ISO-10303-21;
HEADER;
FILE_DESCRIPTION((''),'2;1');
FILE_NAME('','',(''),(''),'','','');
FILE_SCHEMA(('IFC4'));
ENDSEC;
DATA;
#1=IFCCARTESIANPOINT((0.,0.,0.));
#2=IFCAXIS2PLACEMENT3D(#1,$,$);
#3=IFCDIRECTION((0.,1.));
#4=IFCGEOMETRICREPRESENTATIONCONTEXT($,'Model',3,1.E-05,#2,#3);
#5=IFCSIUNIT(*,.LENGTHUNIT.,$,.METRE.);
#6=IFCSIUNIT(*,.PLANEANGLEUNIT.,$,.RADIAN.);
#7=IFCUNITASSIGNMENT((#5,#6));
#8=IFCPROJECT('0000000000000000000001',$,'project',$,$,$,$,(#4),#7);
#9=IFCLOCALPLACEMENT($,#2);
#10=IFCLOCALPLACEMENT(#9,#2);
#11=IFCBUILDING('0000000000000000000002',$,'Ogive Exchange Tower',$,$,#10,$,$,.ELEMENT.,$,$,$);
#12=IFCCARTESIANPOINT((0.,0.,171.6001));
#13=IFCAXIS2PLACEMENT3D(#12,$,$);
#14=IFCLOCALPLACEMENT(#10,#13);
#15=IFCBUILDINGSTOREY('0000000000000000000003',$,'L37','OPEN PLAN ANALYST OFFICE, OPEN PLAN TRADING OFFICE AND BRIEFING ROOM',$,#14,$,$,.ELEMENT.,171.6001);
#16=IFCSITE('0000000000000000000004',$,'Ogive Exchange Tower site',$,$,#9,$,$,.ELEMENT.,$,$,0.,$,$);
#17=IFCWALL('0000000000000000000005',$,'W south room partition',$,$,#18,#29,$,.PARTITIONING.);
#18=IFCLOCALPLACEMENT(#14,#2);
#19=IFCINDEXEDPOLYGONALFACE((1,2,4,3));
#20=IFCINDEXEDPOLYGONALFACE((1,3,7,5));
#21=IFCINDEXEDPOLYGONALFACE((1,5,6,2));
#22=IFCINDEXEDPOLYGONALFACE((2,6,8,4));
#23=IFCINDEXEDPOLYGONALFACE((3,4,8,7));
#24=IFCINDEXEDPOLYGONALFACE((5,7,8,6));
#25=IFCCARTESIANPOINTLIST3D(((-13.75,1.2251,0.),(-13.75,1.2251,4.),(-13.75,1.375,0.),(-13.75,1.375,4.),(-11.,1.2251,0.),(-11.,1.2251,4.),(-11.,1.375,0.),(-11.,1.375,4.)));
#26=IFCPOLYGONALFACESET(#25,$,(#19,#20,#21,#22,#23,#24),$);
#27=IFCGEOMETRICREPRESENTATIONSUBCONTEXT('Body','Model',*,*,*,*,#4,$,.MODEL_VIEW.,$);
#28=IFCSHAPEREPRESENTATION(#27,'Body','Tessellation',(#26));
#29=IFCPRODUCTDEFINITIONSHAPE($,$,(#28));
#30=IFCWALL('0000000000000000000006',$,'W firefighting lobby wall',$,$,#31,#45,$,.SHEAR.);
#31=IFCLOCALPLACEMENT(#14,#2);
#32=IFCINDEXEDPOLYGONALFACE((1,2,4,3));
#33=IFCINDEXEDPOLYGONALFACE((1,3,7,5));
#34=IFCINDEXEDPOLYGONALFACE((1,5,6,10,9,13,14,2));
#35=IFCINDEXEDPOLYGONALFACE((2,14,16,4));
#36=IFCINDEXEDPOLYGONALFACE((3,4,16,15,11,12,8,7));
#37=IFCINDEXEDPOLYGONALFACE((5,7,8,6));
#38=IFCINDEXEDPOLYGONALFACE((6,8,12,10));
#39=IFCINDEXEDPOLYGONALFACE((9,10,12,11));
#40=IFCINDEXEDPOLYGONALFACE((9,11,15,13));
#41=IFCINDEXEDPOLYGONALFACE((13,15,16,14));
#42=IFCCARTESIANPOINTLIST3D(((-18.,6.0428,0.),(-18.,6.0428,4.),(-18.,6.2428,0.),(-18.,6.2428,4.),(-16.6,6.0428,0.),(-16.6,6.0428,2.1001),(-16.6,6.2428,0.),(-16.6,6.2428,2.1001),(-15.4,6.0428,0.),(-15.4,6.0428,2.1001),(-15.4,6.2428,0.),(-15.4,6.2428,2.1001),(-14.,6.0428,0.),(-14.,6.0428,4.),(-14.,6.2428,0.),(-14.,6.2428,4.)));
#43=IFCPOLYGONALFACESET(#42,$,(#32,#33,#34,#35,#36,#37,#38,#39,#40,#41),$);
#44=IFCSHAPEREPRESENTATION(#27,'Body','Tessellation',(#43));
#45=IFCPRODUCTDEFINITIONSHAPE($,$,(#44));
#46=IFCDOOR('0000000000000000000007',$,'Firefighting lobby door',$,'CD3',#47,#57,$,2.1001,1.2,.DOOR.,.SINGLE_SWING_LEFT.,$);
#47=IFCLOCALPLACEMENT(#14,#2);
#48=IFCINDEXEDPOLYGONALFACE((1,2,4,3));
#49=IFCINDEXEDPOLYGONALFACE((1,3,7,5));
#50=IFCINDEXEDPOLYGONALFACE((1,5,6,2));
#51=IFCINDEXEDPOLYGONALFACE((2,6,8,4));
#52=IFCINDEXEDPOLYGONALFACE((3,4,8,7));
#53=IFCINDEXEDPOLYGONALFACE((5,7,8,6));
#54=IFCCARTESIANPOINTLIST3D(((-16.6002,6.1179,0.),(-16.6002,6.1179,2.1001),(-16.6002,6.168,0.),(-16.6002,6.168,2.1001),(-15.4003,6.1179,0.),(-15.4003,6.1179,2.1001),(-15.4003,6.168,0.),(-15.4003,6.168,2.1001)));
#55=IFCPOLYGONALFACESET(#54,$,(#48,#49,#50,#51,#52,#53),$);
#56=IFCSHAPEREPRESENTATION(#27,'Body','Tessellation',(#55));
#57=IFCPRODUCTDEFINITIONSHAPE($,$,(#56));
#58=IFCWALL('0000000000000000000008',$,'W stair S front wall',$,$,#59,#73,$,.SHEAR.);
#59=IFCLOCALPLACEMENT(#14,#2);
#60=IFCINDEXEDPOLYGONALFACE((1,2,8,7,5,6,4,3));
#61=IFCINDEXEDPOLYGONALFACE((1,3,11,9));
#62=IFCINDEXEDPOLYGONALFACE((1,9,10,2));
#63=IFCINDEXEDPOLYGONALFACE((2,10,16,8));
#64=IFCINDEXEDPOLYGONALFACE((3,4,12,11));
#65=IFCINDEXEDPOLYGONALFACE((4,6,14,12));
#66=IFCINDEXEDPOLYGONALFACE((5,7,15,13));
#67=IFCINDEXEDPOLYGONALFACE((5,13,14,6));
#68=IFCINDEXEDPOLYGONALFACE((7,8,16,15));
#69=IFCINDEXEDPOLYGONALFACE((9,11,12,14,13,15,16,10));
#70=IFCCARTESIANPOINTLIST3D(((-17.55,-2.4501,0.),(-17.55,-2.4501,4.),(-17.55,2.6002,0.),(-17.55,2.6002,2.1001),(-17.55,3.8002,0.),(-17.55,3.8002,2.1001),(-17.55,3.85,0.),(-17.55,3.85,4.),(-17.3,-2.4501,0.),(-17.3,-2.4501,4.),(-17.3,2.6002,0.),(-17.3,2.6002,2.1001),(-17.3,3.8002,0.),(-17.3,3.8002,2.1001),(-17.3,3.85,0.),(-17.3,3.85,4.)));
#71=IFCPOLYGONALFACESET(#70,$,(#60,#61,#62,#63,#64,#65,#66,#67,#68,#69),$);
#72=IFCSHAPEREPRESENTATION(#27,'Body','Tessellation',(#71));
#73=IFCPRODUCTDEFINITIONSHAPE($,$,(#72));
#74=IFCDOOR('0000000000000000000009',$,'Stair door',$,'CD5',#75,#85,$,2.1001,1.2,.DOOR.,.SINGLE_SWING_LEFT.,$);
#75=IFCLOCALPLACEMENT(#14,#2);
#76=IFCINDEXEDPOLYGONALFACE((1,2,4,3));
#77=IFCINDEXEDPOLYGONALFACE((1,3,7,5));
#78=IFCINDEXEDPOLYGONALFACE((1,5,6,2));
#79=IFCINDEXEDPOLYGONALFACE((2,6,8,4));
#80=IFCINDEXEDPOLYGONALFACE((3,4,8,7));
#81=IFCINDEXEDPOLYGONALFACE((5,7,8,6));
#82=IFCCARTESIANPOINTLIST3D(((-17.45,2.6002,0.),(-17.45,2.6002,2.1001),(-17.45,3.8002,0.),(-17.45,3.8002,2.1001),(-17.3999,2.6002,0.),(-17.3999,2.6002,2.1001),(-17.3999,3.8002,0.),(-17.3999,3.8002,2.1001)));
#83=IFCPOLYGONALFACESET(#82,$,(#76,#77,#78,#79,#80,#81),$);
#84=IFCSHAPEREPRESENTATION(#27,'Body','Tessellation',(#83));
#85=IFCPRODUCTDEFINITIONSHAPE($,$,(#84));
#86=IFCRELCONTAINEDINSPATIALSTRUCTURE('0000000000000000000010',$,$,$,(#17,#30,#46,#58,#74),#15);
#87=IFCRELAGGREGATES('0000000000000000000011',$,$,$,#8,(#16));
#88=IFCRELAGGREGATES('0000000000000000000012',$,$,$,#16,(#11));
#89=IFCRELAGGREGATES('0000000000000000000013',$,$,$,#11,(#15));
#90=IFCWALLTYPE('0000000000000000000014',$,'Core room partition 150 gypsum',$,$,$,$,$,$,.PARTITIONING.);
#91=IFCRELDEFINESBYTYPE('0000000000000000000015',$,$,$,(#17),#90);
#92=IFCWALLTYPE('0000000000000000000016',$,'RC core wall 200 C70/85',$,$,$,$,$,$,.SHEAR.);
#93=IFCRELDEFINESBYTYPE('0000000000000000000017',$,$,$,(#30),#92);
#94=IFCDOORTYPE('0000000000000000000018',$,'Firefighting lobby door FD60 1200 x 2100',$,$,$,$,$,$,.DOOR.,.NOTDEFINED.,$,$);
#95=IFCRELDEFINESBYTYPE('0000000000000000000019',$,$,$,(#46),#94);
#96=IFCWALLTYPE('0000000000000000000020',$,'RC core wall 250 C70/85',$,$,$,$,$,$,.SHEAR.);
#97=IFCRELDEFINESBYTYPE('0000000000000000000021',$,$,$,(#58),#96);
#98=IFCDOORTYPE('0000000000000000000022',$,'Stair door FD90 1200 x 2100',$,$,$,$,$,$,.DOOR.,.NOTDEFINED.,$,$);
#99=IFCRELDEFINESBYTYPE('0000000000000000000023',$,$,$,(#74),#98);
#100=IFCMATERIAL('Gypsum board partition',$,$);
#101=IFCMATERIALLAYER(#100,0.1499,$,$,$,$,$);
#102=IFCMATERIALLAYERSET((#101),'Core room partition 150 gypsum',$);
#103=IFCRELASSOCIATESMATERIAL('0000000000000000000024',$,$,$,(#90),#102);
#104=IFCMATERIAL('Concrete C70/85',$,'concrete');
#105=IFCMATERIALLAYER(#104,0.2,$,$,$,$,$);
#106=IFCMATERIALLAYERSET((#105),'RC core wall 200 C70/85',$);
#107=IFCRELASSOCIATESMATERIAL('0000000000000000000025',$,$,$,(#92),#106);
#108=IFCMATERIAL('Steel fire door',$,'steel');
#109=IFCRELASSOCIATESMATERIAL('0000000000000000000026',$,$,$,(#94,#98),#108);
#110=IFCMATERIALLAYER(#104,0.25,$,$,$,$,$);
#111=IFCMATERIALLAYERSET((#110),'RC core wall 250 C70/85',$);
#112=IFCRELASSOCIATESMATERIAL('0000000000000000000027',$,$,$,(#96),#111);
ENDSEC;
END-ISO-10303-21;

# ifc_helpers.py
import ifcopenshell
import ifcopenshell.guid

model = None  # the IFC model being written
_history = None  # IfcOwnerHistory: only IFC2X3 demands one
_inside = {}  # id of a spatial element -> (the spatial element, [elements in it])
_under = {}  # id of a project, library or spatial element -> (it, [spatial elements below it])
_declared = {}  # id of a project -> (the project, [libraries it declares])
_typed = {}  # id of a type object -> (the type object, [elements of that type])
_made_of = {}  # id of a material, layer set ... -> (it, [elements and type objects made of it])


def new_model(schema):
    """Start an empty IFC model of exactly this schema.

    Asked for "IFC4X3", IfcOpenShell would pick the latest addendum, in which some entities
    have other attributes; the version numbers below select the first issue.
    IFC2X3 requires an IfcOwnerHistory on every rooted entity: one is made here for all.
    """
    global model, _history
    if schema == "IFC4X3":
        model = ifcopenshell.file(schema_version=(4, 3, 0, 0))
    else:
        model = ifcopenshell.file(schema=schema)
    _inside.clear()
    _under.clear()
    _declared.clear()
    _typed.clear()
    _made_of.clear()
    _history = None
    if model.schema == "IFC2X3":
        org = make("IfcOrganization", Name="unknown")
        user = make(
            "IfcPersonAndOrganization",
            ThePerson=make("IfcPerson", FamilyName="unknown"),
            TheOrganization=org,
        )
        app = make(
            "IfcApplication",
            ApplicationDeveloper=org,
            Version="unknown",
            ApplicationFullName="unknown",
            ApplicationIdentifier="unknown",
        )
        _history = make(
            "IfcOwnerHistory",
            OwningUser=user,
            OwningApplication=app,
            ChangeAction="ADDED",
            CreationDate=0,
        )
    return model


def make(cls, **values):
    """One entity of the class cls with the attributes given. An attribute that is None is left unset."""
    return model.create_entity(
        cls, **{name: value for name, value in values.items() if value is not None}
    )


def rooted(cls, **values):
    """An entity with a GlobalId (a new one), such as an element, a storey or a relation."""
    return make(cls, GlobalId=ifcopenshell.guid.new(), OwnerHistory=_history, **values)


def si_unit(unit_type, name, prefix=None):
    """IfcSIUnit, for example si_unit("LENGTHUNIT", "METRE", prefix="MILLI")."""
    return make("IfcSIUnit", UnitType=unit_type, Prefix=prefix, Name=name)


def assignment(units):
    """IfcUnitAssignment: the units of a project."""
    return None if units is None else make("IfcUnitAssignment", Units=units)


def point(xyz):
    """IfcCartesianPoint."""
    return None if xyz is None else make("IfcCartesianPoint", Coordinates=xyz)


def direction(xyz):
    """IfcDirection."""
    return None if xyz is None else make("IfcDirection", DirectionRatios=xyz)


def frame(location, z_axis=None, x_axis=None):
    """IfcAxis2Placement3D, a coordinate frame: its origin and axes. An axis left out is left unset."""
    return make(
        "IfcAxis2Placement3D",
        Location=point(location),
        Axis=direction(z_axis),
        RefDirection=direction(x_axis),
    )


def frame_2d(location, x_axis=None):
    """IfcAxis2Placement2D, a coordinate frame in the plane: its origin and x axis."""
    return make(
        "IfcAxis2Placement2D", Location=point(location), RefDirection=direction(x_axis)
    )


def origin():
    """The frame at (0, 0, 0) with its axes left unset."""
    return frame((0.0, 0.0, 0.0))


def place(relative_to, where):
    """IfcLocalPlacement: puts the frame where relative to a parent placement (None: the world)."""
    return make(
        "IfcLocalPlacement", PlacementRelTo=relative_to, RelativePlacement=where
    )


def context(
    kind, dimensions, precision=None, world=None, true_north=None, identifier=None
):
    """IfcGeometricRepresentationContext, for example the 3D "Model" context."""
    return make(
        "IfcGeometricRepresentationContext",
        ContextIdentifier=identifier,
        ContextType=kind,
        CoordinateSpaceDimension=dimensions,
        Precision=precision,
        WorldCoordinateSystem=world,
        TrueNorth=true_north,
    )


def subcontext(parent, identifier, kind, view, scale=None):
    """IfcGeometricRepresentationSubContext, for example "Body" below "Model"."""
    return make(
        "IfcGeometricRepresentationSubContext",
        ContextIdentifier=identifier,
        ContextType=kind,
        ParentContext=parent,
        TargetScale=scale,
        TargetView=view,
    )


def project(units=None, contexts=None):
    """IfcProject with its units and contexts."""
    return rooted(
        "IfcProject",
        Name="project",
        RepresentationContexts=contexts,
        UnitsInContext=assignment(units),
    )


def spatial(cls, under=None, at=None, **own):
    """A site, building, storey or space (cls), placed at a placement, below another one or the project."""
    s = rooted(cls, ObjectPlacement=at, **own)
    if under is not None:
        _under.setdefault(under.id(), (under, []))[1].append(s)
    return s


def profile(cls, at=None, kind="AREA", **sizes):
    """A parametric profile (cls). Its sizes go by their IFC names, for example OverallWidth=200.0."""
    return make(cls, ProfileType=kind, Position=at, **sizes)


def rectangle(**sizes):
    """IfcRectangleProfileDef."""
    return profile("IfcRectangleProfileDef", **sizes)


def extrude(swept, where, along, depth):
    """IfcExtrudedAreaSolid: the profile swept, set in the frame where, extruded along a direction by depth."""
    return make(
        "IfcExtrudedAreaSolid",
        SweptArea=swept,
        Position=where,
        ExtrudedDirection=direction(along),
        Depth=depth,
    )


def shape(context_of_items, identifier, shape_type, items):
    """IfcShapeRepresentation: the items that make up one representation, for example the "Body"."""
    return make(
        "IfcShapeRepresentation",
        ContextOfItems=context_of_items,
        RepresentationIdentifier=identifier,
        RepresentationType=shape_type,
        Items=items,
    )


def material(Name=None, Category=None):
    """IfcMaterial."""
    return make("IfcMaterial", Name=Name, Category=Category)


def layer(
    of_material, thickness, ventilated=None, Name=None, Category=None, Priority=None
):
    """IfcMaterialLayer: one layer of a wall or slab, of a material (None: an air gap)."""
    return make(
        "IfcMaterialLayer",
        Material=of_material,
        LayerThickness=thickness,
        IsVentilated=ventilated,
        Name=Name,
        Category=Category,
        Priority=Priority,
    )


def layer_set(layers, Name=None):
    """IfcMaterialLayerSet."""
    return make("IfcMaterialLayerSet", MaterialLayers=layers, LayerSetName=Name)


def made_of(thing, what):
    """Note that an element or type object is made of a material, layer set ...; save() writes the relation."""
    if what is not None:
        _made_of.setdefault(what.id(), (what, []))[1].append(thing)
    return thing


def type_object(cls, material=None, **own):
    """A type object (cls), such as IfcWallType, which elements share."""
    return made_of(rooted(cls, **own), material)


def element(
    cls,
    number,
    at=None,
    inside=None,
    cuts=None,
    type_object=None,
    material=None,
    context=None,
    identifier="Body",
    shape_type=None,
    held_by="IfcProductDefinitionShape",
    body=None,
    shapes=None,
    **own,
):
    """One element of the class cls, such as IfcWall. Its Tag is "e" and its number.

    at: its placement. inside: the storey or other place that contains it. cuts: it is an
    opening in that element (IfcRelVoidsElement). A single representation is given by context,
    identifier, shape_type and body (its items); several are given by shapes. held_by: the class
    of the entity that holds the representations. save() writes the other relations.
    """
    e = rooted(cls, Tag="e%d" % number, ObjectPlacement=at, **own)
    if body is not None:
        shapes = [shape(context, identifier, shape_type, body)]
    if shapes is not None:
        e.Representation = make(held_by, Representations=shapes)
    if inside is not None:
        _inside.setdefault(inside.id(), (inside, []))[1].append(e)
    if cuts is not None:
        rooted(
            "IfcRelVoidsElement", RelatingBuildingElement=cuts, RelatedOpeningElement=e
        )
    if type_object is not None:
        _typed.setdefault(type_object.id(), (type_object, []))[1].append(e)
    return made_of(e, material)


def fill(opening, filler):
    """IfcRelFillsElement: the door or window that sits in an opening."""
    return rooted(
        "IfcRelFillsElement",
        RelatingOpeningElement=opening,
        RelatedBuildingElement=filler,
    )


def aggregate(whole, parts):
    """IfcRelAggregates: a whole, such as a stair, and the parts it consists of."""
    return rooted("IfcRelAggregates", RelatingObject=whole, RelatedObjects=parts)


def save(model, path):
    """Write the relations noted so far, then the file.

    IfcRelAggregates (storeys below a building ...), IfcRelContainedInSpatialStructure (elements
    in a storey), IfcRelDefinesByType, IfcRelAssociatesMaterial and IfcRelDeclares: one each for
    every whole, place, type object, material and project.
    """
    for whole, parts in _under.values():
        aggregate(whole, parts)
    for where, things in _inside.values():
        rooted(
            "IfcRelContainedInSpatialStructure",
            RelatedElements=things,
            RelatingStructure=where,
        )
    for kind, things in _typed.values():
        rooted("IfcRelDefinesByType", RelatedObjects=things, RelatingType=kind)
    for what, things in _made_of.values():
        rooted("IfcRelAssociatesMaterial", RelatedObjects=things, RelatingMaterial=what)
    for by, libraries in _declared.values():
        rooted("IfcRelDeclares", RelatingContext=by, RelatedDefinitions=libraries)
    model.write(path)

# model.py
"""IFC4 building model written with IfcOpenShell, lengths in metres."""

from ifc_helpers import new_model, si_unit, direction, frame, frame_2d, origin, place, context, subcontext, project, spatial, rectangle, extrude, material, layer, layer_set, type_object, element, fill, save


model = new_model("IFC4")

# Units and contexts
model_context = context("Model", 3, precision=1e-05, world=origin(), true_north=direction((0.0, 1.0)))
body_context = subcontext(model_context, "Body", "Model", "MODEL_VIEW")
ifc_project = project(units=[si_unit("LENGTHUNIT", "METRE"), si_unit("PLANEANGLEUNIT", "RADIAN")], contexts=[model_context])

# Site, building, storey
site_placement = place(None, origin())
site = spatial("IfcSite", under=ifc_project, at=site_placement, Name="Ogive Exchange Tower site", CompositionType="ELEMENT", RefElevation=0.0)
building_placement = place(site_placement, origin())
building = spatial("IfcBuilding", under=site, at=building_placement, Name="Ogive Exchange Tower", CompositionType="ELEMENT")
storey_placement = place(building_placement, frame((0.0, 0.0, 171.6001)))
storey = spatial("IfcBuildingStorey", under=building, at=storey_placement, Name="L37", Description="OPEN PLAN ANALYST OFFICE, OPEN PLAN TRADING OFFICE AND BRIEFING ROOM", CompositionType="ELEMENT", Elevation=171.6001)

# Wall
ifc_material_1 = material(Name="Gypsum board partition")
ifc_layer_1 = layer(ifc_material_1, 0.1499)
ifc_layer_set_1 = layer_set([ifc_layer_1], Name="Core room partition 150 gypsum")
wall_type_1 = type_object("IfcWallType", Name="Core room partition 150 gypsum", PredefinedType="PARTITIONING", material=ifc_layer_set_1)
wall_1_placement = place(storey_placement, frame((-13.75, 1.3, 0.0), z_axis=(0.0, 0.0, 1.0), x_axis=(1.0, 0.0, 0.0)))
element("IfcWall", 1, at=wall_1_placement, inside=storey, type_object=wall_type_1, Name="W south room partition", PredefinedType="PARTITIONING", context=body_context, shape_type="SweptSolid", body=[
    extrude(rectangle(XDim=2.75, YDim=0.1499, at=frame_2d((1.375, 0.0))), origin(), (0.0, 0.0, 1.0), 4.0),
])

# Walls, openings, doors
ifc_material_2 = material(Name="Concrete C70/85", Category="concrete")
ifc_layer_2 = layer(ifc_material_2, 0.2)
ifc_layer_set_2 = layer_set([ifc_layer_2], Name="RC core wall 200 C70/85")
wall_type_2 = type_object("IfcWallType", Name="RC core wall 200 C70/85", PredefinedType="SHEAR", material=ifc_layer_set_2)
wall_2_placement = place(storey_placement, frame((-18.0, 6.1428, 0.0), z_axis=(0.0, 0.0, 1.0), x_axis=(1.0, 0.0, 0.0)))
wall_2 = element("IfcWall", 2, at=wall_2_placement, inside=storey, type_object=wall_type_2, Name="W firefighting lobby wall", PredefinedType="SHEAR", context=body_context, shape_type="SweptSolid", body=[
    extrude(rectangle(XDim=4.0, YDim=0.2, at=frame_2d((2.0, 0.0))), origin(), (0.0, 0.0, 1.0), 4.0),
])
opening_1_placement = place(wall_2_placement, frame((1.3999, 0.0, 0.0)))
opening_1 = element("IfcOpeningElement", 3, at=opening_1_placement, cuts=wall_2, PredefinedType="OPENING", context=body_context, shape_type="SweptSolid", body=[
    extrude(rectangle(XDim=1.2, YDim=2.1001, at=frame_2d((0.6001, 1.05))), frame((0.0, 0.1099, 0.0), z_axis=(0.0, -1.0, 0.0), x_axis=(1.0, 0.0, 0.0)), (0.0, 0.0, 1.0), 0.22),
])
ifc_material_3 = material(Name="Steel fire door", Category="steel")
door_type_1 = type_object("IfcDoorType", Name="Firefighting lobby door FD60 1200 x 2100", OperationType="NOTDEFINED", PredefinedType="DOOR", material=ifc_material_3)
door_1_placement = place(opening_1_placement, frame((1.2, 0.0, 0.0), z_axis=(0.0, 0.0, 1.0), x_axis=(-1.0, 0.0, 0.0)))
door_1 = element("IfcDoor", 4, at=door_1_placement, inside=storey, type_object=door_type_1, Name="Firefighting lobby door", ObjectType="CD3", OperationType="SINGLE_SWING_LEFT", OverallHeight=2.1001, OverallWidth=1.2, PredefinedType="DOOR", context=body_context, shape_type="SweptSolid", body=[
    extrude(rectangle(XDim=1.2, YDim=2.1001, at=frame_2d((0.6001, 1.05))), frame((0.0, 0.0249, 0.0), z_axis=(0.0, -1.0, 0.0), x_axis=(1.0, 0.0, 0.0)), (0.0, 0.0, 1.0), 0.05),
])
fill(opening_1, door_1)
ifc_layer_3 = layer(ifc_material_2, 0.25)
ifc_layer_set_3 = layer_set([ifc_layer_3], Name="RC core wall 250 C70/85")
wall_type_3 = type_object("IfcWallType", Name="RC core wall 250 C70/85", PredefinedType="SHEAR", material=ifc_layer_set_3)
wall_3_placement = place(storey_placement, frame((-17.425, -2.45, 0.0), z_axis=(0.0, 0.0, 1.0), x_axis=(0.0, 1.0, 0.0)))
wall_3 = element("IfcWall", 5, at=wall_3_placement, inside=storey, type_object=wall_type_3, Name="W stair S front wall", PredefinedType="SHEAR", context=body_context, shape_type="SweptSolid", body=[
    extrude(rectangle(XDim=6.3, YDim=0.25, at=frame_2d((3.1499, 0.0))), origin(), (0.0, 0.0, 1.0), 4.0),
])
opening_2_placement = place(wall_3_placement, frame((5.05, 0.0, 0.0)))
opening_2 = element("IfcOpeningElement", 6, at=opening_2_placement, cuts=wall_3, PredefinedType="OPENING", context=body_context, shape_type="SweptSolid", body=[
    extrude(rectangle(XDim=1.2, YDim=2.1001, at=frame_2d((0.6001, 1.05))), frame((0.0, 0.135, 0.0), z_axis=(0.0, -1.0, 0.0), x_axis=(1.0, 0.0, 0.0)), (0.0, 0.0, 1.0), 0.27),
])
door_type_2 = type_object("IfcDoorType", Name="Stair door FD90 1200 x 2100", OperationType="NOTDEFINED", PredefinedType="DOOR", material=ifc_material_3)
door_2_placement = place(opening_2_placement, origin())
door_2 = element("IfcDoor", 7, at=door_2_placement, inside=storey, type_object=door_type_2, Name="Stair door", ObjectType="CD5", OperationType="SINGLE_SWING_LEFT", OverallHeight=2.1001, OverallWidth=1.2, PredefinedType="DOOR", context=body_context, shape_type="SweptSolid", body=[
    extrude(rectangle(XDim=1.2, YDim=2.1001, at=frame_2d((0.6001, 1.05))), frame((0.0, 0.0249, 0.0), z_axis=(0.0, -1.0, 0.0), x_axis=(1.0, 0.0, 0.0)), (0.0, 0.0, 1.0), 0.05),
])
fill(opening_2, door_2)

save(model, "model.ifc")
